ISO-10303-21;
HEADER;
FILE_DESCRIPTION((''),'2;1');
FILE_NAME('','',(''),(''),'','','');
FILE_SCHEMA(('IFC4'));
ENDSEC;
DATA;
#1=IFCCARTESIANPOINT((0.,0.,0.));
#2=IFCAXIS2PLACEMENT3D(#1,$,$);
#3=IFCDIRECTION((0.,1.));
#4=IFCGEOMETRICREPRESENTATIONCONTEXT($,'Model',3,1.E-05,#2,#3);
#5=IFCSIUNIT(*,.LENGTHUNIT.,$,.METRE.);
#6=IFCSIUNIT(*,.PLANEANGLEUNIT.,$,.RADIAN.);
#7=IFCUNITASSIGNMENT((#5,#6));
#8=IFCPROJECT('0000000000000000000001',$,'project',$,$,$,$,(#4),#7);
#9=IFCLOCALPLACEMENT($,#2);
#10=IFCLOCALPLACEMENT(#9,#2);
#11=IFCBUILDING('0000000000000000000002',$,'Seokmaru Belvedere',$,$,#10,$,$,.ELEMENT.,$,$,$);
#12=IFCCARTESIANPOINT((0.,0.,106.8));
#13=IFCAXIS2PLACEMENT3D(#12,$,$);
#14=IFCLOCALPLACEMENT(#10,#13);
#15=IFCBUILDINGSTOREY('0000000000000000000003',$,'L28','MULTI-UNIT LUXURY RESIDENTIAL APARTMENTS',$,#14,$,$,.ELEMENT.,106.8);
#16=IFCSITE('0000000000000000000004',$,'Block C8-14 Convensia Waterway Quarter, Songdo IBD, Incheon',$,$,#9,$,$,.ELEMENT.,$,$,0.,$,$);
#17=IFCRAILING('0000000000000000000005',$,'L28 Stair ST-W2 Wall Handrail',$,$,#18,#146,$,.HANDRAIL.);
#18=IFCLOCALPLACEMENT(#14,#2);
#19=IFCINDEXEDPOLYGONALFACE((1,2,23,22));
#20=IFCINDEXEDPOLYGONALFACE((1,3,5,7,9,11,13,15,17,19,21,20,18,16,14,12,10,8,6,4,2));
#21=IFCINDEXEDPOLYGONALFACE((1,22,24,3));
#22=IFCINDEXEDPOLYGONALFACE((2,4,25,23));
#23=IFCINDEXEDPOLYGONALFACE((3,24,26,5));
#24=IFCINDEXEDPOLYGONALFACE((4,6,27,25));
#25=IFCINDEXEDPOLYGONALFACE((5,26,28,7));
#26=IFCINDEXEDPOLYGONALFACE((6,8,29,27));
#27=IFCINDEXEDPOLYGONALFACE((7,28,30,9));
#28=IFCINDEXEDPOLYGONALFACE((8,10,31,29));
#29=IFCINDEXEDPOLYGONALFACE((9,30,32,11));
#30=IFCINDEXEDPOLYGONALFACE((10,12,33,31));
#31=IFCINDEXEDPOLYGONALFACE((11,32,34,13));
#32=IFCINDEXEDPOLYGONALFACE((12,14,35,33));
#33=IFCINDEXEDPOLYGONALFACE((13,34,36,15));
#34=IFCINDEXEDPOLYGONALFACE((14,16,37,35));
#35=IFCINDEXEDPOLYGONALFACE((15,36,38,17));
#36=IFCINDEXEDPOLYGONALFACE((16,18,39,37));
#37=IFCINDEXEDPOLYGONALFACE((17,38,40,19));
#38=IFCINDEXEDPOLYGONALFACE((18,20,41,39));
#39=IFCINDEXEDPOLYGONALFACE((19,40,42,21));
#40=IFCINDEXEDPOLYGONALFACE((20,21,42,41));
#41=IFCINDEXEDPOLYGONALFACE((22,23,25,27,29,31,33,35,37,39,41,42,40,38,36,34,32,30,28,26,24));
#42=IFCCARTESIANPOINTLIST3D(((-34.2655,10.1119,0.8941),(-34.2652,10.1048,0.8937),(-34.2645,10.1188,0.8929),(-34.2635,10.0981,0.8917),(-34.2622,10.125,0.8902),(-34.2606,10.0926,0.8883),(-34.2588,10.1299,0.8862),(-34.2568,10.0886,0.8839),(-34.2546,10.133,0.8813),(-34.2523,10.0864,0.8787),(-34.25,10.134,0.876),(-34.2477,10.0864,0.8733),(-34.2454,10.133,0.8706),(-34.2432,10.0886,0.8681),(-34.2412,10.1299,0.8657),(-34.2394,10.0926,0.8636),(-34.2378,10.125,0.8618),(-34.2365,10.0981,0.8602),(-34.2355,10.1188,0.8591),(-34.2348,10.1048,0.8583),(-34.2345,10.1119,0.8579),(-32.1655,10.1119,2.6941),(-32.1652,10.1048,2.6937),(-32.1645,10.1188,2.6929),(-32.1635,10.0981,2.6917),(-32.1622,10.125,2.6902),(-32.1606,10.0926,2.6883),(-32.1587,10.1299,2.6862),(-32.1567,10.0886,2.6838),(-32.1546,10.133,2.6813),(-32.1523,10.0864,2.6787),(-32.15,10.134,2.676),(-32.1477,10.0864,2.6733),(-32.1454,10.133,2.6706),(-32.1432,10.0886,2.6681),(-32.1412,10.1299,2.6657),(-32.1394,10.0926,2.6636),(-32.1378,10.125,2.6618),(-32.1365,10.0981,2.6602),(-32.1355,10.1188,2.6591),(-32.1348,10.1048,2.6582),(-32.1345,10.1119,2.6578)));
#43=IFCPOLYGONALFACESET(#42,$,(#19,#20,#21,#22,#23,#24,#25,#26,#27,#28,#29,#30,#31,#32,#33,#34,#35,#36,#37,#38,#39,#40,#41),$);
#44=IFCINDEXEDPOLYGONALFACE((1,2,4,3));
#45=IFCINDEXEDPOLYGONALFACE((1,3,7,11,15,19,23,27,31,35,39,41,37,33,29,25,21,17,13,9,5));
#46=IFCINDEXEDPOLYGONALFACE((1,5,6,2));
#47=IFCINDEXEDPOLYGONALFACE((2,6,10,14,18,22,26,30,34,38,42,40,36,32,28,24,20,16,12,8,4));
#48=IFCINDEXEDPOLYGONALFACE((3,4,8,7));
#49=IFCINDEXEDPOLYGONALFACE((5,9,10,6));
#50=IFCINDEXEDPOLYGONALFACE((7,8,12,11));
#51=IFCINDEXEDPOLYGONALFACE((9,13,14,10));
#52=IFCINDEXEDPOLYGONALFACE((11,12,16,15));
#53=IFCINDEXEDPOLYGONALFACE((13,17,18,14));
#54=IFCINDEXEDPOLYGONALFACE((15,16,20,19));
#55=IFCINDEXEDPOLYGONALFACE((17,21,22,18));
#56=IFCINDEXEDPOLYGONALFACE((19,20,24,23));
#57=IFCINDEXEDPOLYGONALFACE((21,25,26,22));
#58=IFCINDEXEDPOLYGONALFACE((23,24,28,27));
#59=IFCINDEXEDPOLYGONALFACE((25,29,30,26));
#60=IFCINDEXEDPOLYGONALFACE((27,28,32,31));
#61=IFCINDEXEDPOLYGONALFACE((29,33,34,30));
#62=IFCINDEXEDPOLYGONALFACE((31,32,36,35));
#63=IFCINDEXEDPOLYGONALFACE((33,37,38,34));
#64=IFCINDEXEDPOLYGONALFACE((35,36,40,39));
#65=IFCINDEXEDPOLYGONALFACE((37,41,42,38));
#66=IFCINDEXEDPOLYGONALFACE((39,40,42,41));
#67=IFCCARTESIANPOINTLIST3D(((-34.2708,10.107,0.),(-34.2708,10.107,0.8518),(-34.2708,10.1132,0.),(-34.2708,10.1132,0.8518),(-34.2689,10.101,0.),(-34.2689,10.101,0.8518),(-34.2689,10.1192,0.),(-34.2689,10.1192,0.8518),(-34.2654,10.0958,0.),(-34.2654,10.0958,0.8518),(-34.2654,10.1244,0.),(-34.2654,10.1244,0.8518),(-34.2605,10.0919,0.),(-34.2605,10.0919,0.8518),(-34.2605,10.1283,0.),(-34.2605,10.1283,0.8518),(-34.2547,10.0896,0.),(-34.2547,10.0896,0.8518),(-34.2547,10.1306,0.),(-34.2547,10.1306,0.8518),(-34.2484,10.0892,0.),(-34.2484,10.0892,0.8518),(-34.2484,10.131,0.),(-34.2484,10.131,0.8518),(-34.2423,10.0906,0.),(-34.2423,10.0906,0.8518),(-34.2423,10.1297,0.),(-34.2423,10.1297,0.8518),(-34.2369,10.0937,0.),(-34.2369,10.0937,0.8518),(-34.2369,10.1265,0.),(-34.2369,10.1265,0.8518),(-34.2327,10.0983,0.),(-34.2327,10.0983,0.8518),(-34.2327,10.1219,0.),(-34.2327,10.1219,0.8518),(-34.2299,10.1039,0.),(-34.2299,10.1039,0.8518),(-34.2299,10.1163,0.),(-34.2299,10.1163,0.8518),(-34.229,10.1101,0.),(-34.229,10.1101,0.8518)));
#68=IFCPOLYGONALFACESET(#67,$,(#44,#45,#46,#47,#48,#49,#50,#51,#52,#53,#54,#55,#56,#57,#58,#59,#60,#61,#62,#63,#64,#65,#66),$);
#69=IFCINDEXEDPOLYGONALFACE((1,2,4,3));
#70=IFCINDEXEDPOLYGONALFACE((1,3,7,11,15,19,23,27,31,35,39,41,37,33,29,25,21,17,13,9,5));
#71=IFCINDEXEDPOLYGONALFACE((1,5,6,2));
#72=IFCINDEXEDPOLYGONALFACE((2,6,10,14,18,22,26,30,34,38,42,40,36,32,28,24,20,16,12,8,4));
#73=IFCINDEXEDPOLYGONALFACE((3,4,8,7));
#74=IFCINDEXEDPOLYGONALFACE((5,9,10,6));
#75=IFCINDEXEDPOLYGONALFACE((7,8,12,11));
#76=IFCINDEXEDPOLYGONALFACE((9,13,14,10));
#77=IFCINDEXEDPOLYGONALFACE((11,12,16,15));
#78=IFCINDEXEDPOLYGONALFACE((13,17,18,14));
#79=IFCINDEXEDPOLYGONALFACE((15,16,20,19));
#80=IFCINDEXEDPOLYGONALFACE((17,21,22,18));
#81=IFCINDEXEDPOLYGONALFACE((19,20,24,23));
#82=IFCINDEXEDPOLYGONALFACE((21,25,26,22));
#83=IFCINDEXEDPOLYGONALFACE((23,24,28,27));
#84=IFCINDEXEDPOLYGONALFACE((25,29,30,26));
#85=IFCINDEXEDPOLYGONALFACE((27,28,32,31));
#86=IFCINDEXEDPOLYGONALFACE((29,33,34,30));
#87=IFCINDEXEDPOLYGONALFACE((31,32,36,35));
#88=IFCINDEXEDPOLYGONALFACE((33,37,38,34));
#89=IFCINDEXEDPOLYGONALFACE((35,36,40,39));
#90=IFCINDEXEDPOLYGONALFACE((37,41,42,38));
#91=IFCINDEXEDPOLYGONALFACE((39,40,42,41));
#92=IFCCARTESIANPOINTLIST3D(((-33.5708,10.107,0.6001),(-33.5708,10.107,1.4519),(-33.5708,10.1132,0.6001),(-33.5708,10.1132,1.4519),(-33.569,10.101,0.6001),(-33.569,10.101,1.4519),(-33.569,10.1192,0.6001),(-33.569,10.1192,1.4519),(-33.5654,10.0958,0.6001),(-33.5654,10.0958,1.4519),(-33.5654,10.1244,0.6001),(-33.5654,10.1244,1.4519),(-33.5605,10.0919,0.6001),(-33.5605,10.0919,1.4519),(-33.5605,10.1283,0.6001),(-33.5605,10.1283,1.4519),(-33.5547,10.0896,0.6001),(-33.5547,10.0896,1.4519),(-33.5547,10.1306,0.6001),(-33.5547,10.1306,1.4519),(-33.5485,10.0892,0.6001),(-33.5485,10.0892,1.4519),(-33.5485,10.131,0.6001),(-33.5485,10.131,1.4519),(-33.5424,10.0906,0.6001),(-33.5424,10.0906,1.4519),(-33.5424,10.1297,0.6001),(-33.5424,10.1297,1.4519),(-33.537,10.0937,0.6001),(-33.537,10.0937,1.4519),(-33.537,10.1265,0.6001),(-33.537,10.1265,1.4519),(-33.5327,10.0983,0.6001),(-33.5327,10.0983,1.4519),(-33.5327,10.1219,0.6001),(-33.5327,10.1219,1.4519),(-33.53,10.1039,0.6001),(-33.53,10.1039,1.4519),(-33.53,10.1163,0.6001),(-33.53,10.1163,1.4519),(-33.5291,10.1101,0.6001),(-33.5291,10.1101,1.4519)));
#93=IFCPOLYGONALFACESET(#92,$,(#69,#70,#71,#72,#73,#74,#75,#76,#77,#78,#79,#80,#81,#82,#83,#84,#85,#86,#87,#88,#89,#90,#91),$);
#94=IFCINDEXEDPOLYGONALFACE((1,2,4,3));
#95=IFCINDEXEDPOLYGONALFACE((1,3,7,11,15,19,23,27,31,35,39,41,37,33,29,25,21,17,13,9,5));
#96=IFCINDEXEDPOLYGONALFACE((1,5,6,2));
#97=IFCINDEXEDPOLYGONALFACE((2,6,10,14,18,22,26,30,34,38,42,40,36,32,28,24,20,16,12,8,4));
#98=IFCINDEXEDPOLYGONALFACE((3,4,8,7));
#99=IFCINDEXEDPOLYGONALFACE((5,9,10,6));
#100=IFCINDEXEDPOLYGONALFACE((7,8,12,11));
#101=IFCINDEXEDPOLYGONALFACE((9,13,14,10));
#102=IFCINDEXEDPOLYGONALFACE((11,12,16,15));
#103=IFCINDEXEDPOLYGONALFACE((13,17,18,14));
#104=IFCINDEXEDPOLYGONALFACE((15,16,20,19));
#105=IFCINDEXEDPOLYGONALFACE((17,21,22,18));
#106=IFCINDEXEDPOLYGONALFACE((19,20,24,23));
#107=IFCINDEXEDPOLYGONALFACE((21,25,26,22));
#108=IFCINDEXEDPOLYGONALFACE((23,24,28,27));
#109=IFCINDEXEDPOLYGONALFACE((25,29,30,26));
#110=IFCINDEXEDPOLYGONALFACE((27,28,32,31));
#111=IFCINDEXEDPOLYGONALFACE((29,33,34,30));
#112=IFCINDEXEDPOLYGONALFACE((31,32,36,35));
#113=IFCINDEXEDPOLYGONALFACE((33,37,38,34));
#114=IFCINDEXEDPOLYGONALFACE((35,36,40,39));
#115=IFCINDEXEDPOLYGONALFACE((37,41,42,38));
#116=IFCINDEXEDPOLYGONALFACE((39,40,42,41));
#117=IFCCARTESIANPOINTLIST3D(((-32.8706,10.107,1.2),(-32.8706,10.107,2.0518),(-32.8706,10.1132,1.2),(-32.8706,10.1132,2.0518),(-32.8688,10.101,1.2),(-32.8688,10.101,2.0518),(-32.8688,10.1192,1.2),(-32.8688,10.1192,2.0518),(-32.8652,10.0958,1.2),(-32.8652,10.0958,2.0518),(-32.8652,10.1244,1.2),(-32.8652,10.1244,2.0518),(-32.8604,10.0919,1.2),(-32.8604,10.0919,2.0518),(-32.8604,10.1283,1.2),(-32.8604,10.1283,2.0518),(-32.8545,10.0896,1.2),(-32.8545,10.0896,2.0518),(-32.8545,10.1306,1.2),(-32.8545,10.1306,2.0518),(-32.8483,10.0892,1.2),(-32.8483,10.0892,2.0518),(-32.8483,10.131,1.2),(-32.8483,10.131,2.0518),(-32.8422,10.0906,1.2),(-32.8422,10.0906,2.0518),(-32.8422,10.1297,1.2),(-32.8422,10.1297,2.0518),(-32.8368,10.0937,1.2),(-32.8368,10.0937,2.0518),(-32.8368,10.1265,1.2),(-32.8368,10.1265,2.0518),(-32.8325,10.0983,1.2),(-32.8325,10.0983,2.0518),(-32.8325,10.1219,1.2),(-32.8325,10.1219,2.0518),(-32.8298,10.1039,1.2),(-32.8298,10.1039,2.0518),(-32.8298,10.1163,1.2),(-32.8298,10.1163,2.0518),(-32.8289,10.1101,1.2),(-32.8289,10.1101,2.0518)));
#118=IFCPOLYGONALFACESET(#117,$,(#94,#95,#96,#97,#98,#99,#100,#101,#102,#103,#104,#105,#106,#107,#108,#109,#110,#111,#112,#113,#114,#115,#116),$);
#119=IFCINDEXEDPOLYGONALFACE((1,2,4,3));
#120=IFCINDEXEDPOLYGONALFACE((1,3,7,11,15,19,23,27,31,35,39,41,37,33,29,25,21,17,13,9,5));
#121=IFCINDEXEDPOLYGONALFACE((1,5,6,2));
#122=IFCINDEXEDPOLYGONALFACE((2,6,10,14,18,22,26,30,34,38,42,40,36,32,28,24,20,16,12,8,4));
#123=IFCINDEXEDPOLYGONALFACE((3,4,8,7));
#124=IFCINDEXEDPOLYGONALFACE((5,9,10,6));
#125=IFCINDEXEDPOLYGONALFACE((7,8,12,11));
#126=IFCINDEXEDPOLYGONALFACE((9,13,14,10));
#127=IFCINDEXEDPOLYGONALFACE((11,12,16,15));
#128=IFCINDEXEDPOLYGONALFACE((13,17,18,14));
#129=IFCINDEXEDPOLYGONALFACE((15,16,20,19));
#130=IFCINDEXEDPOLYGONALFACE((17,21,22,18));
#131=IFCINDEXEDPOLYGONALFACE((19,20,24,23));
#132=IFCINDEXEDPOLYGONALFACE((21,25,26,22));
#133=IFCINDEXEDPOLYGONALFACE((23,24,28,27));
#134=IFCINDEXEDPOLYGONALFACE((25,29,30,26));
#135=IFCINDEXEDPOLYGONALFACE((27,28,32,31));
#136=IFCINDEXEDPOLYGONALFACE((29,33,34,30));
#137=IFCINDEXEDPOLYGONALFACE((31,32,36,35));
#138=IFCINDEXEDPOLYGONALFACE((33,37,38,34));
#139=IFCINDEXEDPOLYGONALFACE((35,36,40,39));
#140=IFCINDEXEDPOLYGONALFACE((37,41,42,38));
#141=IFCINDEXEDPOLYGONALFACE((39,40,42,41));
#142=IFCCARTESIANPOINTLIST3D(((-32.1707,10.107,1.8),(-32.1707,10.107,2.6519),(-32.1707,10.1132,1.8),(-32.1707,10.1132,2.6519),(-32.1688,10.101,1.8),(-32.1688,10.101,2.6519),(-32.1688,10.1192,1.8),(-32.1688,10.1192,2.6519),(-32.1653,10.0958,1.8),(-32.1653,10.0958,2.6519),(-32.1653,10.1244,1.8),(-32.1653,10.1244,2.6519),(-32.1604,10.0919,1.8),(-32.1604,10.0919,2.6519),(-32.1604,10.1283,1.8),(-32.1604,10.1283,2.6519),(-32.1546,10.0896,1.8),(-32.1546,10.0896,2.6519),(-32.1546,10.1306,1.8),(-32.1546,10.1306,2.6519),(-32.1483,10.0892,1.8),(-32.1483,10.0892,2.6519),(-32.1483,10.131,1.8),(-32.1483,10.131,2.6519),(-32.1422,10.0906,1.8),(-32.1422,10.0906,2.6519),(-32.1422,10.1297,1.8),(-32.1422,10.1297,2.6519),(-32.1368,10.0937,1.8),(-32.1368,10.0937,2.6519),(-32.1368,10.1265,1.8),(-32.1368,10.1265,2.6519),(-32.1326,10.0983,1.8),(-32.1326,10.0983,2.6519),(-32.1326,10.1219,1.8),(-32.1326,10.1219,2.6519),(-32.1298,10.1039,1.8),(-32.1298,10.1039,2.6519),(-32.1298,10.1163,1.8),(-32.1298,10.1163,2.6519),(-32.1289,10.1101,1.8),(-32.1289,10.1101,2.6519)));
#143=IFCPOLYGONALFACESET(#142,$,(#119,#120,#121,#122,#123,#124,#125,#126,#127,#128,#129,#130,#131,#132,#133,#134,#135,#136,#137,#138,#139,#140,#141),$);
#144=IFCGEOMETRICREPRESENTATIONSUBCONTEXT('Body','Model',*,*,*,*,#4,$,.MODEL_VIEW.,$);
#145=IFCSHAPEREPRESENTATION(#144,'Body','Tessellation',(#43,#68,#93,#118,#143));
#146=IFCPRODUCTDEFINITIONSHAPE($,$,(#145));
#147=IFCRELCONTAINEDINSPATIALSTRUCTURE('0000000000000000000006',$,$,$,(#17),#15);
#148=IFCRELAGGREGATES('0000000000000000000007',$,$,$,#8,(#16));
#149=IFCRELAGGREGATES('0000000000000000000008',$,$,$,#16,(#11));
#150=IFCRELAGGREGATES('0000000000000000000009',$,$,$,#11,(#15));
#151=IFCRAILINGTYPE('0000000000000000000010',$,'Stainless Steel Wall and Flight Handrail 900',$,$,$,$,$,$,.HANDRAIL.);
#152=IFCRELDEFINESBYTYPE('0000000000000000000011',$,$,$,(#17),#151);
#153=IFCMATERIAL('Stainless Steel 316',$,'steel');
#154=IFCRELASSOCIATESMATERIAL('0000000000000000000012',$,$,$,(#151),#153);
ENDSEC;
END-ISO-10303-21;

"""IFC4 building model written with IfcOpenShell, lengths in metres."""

from ifc_helpers import new_model, si_unit, direction, frame, origin, origin_2d, place, context, subcontext, project, spatial, circle, extrude, material, type_object, element, save


model = new_model("IFC4")

# Units and contexts
model_context = context("Model", 3, precision=1e-05, world=origin(), true_north=direction((0.0, 1.0)))
body_context = subcontext(model_context, "Body", "Model", "MODEL_VIEW")
ifc_project = project(units=[si_unit("LENGTHUNIT", "METRE"), si_unit("PLANEANGLEUNIT", "RADIAN")], contexts=[model_context])

# Site, building, storey
site_placement = place(None, origin())
site = spatial("IfcSite", under=ifc_project, at=site_placement, Name="Block C8-14 Convensia Waterway Quarter, Songdo IBD, Incheon", CompositionType="ELEMENT", RefElevation=0.0)
building_placement = place(site_placement, origin())
building = spatial("IfcBuilding", under=site, at=building_placement, Name="Seokmaru Belvedere", CompositionType="ELEMENT")
storey_placement = place(building_placement, frame((0.0, 0.0, 106.8)))
storey = spatial("IfcBuildingStorey", under=building, at=storey_placement, Name="L28", Description="MULTI-UNIT LUXURY RESIDENTIAL APARTMENTS", CompositionType="ELEMENT", Elevation=106.8)

# Railing
ifc_material_1 = material(Name="Stainless Steel 316", Category="steel")
railing_type_1 = type_object("IfcRailingType", Name="Stainless Steel Wall and Flight Handrail 900", PredefinedType="HANDRAIL", material=ifc_material_1)
railing_1_placement = place(storey_placement, frame((-34.25, 10.1101, 0.0)))
element("IfcRailing", 1, at=railing_1_placement, inside=storey, type_object=railing_type_1, Name="L28 Stair ST-W2 Wall Handrail", PredefinedType="HANDRAIL", context=body_context, shape_type="SweptSolid", body=[
    extrude(circle(Radius=0.0239, at=origin_2d()), frame((0.0, 0.0, 0.876), z_axis=(0.759263, 0.0, 0.650784), x_axis=(0.0, 1.0, 0.0)), (0.0, 0.0, 1.0), 2.7659),
    extrude(circle(Radius=0.021, at=origin_2d()), origin(), (0.0, 0.0, 1.0), 0.8518),
    extrude(circle(Radius=0.021, at=origin_2d()), frame((0.7, 0.0, 0.6001)), (0.0, 0.0, 1.0), 0.8518),
    extrude(circle(Radius=0.021, at=origin_2d()), frame((1.4001, 0.0, 1.2)), (0.0, 0.0, 1.0), 0.8518),
    extrude(circle(Radius=0.021, at=origin_2d()), frame((2.1001, 0.0, 1.8)), (0.0, 0.0, 1.0), 0.8518),
])

save(model, "model.ifc")
